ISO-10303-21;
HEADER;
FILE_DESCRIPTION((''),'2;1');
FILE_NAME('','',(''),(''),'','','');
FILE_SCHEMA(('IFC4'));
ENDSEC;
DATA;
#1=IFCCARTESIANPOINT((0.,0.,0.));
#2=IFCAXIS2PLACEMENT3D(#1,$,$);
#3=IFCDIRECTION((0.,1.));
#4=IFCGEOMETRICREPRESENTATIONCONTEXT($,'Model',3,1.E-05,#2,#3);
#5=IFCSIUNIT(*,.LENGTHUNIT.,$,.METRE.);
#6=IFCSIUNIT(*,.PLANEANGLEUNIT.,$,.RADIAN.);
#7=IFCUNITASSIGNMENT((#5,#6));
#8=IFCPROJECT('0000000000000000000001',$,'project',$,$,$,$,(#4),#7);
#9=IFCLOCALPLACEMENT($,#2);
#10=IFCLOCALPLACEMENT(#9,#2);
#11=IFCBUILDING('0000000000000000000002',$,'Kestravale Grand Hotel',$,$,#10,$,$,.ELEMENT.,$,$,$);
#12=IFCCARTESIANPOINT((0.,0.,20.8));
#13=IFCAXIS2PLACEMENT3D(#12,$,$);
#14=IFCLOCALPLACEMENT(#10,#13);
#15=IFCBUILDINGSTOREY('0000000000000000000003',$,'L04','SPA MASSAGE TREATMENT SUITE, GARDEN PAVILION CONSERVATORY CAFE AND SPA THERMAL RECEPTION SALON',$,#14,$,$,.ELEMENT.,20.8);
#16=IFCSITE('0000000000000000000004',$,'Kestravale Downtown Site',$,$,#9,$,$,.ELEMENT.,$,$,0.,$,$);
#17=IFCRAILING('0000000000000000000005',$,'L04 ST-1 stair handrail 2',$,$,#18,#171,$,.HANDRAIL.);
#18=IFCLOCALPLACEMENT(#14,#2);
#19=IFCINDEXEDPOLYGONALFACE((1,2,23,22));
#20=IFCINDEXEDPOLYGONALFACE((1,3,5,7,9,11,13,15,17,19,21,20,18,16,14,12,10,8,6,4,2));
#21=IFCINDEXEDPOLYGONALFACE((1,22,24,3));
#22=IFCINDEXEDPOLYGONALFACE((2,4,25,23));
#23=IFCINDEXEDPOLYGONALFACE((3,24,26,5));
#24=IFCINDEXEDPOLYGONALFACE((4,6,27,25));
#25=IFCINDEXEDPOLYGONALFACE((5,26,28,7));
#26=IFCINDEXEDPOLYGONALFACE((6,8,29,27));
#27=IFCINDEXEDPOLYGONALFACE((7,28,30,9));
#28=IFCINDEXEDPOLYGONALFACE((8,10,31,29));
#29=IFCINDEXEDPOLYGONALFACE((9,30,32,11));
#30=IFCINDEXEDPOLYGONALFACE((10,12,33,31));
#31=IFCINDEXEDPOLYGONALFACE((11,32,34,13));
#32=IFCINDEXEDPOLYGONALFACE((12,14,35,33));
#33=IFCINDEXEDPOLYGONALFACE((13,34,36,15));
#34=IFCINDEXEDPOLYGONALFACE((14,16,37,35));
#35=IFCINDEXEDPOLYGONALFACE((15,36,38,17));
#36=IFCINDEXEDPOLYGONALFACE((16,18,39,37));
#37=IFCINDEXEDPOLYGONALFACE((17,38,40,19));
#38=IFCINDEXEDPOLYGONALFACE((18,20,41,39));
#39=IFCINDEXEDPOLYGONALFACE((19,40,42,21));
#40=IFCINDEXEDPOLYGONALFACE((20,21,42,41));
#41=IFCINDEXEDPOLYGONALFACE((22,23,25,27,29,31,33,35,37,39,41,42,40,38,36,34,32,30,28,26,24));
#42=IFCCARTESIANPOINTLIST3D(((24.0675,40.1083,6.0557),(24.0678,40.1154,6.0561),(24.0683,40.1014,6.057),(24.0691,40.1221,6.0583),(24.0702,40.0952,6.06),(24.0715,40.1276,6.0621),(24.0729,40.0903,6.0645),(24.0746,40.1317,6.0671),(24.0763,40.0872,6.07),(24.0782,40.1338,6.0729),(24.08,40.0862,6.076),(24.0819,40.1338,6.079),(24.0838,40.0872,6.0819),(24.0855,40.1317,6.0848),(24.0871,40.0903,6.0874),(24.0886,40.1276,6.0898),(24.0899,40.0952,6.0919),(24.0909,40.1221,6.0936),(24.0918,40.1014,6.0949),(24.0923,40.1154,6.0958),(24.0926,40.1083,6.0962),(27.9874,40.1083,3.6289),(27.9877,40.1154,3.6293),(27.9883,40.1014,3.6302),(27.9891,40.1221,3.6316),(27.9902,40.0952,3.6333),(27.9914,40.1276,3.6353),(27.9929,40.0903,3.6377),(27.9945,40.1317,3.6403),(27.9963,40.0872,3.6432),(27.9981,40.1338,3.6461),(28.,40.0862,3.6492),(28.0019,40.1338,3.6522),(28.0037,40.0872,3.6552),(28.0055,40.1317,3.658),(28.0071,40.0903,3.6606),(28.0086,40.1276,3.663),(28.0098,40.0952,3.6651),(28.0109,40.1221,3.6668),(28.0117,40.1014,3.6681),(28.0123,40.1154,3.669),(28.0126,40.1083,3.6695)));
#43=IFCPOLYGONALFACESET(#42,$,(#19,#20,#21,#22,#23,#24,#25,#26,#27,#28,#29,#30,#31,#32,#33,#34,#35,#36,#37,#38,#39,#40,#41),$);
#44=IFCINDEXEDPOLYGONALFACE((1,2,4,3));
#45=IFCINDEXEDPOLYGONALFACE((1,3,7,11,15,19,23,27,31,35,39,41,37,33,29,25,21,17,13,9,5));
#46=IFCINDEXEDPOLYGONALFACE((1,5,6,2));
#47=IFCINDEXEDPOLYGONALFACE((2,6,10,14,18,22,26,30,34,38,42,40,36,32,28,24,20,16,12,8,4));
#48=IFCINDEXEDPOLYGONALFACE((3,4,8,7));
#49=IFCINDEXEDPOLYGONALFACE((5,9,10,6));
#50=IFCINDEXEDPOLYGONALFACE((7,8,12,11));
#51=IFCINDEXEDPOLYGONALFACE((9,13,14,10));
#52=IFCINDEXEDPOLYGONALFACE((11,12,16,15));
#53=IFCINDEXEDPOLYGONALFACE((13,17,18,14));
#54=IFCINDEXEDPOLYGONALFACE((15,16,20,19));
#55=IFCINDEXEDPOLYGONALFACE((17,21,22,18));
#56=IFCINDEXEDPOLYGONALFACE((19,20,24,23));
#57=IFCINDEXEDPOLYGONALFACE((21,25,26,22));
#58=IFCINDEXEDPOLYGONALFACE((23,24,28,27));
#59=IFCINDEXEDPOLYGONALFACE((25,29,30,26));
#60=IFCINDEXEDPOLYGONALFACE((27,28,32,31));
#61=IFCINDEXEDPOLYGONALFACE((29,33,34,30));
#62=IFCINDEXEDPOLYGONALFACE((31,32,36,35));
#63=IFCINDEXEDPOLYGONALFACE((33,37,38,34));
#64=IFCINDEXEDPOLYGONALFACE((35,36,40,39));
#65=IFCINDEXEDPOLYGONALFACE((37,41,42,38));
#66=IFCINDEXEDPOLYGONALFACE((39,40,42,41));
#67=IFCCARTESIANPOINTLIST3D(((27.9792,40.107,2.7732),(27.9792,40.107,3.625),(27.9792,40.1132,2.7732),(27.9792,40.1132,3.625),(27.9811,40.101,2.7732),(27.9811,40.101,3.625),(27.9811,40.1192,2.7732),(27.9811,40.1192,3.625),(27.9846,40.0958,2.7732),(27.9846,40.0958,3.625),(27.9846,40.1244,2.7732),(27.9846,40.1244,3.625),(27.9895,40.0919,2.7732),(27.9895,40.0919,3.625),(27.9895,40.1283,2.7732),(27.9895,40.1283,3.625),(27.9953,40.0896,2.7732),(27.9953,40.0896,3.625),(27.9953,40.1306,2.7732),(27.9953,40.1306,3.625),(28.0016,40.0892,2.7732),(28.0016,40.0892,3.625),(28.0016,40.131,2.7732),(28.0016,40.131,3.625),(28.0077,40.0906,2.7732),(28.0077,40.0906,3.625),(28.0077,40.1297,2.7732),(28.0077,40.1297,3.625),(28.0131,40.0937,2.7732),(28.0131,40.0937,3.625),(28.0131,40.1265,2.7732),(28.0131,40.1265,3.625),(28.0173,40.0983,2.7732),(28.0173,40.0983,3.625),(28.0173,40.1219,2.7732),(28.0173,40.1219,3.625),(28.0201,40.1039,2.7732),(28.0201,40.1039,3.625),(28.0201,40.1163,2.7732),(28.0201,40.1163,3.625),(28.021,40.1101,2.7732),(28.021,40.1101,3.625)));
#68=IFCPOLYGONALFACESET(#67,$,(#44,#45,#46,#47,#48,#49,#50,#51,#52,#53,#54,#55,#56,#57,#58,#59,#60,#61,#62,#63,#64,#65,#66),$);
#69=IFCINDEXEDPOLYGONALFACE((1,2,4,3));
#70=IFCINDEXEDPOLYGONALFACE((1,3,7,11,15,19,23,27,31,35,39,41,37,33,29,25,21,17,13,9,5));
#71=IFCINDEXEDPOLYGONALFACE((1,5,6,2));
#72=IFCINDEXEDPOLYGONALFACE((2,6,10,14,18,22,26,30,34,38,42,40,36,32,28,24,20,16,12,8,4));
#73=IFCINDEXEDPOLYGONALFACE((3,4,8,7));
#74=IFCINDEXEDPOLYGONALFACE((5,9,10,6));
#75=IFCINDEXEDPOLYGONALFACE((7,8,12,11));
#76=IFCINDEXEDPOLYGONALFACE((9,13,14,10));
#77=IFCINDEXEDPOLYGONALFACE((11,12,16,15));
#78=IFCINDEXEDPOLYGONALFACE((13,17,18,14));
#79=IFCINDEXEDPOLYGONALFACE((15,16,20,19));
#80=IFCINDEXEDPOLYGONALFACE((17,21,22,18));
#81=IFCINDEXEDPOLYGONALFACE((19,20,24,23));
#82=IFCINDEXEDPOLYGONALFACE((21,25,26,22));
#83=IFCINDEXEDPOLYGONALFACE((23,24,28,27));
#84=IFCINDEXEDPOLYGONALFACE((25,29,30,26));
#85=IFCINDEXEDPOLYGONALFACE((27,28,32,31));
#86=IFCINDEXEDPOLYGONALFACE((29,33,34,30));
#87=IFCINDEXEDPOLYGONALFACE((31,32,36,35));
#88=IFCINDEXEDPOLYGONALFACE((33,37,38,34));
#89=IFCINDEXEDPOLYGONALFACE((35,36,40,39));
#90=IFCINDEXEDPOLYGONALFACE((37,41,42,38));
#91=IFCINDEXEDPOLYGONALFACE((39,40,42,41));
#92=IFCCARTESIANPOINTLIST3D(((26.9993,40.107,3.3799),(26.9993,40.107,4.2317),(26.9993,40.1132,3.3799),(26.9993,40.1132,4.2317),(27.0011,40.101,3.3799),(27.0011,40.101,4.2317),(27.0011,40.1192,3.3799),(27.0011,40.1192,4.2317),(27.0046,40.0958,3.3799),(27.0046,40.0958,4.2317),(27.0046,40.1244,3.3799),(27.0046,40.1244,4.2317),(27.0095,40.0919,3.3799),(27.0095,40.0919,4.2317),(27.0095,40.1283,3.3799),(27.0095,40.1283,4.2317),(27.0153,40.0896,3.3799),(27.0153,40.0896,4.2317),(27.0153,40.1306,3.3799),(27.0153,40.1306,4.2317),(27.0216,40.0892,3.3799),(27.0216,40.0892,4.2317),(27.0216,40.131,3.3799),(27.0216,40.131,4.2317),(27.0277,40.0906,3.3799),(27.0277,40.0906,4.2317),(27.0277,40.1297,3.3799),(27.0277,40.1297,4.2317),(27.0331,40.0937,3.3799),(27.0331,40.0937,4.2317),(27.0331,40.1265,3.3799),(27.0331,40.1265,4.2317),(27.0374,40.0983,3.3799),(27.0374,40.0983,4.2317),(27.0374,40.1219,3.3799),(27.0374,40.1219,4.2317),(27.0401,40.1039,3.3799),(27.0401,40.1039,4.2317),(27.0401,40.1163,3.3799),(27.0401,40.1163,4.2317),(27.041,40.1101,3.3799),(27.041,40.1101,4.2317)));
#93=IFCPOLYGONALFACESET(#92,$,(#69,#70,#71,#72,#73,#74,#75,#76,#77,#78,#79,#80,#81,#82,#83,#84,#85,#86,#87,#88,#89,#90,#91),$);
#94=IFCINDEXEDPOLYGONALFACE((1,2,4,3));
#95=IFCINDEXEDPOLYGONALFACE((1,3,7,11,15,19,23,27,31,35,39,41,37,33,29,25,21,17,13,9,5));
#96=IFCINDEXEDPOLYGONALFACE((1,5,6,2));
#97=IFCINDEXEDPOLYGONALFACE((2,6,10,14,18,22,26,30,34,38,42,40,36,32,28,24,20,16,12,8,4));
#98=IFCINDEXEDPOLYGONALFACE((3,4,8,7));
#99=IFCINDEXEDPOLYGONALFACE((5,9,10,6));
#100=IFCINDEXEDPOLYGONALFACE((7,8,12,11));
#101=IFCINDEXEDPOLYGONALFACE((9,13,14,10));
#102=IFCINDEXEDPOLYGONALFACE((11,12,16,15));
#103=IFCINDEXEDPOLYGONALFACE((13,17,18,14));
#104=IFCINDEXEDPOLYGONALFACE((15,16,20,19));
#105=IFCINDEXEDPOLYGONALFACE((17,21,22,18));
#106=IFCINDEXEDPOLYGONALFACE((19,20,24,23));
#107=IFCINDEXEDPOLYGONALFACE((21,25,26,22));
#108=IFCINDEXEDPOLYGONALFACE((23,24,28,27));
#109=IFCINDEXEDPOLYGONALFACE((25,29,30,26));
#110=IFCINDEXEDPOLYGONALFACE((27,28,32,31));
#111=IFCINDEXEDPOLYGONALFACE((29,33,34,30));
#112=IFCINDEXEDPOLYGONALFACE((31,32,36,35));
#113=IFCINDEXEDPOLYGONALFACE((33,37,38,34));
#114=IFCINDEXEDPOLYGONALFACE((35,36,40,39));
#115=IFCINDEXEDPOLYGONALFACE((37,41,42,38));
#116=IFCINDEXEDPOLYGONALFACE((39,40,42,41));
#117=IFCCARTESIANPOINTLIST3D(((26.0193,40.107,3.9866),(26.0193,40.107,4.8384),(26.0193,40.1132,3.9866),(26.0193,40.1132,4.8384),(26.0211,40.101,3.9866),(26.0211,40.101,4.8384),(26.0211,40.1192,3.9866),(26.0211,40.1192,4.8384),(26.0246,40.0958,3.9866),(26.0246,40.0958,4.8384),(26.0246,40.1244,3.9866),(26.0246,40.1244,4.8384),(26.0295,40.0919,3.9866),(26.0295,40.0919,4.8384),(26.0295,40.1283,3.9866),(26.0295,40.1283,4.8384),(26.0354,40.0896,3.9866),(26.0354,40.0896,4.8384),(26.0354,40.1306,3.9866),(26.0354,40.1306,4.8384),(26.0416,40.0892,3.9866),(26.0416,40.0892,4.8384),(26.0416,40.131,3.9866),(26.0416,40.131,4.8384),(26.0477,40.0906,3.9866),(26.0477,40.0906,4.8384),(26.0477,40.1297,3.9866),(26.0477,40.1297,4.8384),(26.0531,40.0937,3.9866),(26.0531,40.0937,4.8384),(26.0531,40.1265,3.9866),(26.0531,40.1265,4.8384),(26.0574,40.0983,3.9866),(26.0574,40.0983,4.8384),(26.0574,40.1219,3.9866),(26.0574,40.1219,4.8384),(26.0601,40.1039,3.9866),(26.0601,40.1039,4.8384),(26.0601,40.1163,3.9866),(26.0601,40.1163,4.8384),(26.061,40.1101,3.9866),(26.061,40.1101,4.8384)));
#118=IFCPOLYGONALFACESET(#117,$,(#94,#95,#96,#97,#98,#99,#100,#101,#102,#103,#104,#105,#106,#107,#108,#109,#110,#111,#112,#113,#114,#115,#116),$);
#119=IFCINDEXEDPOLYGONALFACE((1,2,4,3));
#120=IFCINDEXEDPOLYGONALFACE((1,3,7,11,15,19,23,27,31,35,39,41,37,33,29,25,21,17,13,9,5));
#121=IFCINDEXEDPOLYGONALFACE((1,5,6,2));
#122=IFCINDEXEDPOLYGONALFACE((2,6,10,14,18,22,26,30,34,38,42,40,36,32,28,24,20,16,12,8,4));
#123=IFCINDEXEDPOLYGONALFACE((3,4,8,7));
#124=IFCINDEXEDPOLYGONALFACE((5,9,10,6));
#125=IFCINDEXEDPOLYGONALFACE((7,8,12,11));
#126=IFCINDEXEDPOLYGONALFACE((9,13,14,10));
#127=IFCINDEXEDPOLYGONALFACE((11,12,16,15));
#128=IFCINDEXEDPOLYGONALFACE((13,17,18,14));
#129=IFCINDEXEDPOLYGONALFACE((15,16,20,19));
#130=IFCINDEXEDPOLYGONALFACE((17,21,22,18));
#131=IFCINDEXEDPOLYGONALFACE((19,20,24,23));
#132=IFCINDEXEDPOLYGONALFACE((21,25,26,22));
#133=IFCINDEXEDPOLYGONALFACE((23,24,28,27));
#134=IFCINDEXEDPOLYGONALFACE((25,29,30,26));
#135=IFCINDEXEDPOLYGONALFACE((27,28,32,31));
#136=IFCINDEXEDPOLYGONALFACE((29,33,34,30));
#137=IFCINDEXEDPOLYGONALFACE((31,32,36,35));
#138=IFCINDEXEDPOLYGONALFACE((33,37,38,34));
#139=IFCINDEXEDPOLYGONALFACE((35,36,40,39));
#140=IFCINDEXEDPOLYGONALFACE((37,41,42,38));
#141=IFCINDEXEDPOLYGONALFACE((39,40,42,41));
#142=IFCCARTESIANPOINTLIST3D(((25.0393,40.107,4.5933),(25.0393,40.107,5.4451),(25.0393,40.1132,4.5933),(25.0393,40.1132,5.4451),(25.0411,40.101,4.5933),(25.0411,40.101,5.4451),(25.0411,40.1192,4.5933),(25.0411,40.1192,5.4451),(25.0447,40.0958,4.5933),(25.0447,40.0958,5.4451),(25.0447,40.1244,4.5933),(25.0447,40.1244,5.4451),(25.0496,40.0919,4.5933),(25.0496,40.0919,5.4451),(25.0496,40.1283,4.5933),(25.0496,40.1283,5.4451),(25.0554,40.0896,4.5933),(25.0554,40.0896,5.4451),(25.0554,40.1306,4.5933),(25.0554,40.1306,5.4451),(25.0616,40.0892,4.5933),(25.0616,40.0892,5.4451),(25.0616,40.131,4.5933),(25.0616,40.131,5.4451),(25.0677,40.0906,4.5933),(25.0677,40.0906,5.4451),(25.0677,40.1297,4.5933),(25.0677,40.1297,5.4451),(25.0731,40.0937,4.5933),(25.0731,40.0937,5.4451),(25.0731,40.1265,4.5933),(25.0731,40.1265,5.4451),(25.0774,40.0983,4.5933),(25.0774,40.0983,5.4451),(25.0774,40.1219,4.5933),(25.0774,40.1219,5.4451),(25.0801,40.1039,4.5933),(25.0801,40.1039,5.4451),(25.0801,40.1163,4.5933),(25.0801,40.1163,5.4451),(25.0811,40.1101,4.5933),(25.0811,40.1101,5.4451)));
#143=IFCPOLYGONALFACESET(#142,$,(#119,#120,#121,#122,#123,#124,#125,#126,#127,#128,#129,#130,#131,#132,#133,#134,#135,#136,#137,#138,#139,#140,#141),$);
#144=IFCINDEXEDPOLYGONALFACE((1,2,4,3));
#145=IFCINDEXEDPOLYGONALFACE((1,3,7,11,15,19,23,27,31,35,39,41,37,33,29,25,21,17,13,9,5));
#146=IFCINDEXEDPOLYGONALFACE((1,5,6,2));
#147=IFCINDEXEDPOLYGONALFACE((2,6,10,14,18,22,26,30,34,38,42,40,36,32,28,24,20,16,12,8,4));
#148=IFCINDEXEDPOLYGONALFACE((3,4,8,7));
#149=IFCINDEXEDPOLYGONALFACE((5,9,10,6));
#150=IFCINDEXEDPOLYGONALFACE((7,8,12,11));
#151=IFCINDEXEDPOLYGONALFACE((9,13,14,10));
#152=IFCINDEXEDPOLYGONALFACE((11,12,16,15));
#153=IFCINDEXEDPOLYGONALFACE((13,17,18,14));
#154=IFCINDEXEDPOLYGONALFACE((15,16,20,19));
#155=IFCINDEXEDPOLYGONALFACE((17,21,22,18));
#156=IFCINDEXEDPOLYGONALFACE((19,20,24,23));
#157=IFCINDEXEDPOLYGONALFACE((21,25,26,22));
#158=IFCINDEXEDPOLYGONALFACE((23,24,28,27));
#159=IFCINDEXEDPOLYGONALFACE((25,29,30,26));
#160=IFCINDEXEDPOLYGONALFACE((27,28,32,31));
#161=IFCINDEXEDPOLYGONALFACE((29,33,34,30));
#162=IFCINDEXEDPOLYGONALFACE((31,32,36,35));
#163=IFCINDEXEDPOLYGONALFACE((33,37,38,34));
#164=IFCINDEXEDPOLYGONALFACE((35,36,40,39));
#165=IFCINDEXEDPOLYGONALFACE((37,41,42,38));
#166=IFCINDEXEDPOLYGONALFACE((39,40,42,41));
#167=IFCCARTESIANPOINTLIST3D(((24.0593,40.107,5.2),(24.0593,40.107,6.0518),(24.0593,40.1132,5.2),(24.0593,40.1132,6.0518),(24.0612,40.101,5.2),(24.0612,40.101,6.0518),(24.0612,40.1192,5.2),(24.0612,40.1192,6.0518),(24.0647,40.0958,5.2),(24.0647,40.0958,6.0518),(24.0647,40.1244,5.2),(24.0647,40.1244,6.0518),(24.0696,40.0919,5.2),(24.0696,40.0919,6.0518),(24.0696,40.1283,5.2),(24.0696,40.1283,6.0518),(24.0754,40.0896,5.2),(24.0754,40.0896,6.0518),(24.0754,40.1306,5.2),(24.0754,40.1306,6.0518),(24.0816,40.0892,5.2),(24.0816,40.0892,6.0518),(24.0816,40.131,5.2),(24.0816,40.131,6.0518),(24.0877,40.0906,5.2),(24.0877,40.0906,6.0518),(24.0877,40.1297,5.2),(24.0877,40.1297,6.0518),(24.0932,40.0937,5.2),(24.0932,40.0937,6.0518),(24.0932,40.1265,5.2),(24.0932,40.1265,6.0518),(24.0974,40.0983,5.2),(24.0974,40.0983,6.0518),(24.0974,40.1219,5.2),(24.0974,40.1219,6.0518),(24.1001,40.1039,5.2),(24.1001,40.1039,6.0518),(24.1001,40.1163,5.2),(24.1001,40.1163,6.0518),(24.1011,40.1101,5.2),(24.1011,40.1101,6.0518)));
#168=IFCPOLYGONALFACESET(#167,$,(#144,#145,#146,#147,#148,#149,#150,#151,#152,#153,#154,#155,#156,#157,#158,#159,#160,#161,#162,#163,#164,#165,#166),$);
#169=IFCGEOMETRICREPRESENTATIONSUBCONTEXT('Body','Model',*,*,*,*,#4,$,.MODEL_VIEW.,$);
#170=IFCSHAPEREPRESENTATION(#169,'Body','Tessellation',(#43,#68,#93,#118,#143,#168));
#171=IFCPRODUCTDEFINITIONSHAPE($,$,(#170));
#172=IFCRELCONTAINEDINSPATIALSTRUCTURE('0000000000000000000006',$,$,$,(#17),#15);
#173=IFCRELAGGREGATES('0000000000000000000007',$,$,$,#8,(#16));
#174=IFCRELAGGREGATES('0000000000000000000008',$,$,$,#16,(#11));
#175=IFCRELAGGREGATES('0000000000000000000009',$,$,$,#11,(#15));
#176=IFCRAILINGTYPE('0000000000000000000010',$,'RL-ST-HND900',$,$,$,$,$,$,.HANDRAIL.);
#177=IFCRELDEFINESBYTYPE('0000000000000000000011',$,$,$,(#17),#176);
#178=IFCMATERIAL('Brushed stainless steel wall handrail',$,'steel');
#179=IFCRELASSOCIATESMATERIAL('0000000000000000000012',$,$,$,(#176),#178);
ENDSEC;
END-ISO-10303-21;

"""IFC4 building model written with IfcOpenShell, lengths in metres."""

from ifc_helpers import new_model, si_unit, direction, frame, origin, origin_2d, place, context, subcontext, project, spatial, circle, extrude, material, type_object, element, save


model = new_model("IFC4")

# Units and contexts
model_context = context("Model", 3, precision=1e-05, world=origin(), true_north=direction((0.0, 1.0)))
body_context = subcontext(model_context, "Body", "Model", "MODEL_VIEW")
ifc_project = project(units=[si_unit("LENGTHUNIT", "METRE"), si_unit("PLANEANGLEUNIT", "RADIAN")], contexts=[model_context])

# Site, building, storey
site_placement = place(None, origin())
site = spatial("IfcSite", under=ifc_project, at=site_placement, Name="Kestravale Downtown Site", CompositionType="ELEMENT", RefElevation=0.0)
building_placement = place(site_placement, origin())
building = spatial("IfcBuilding", under=site, at=building_placement, Name="Kestravale Grand Hotel", CompositionType="ELEMENT")
storey_placement = place(building_placement, frame((0.0, 0.0, 20.8)))
storey = spatial("IfcBuildingStorey", under=building, at=storey_placement, Name="L04", Description="SPA MASSAGE TREATMENT SUITE, GARDEN PAVILION CONSERVATORY CAFE AND SPA THERMAL RECEPTION SALON", CompositionType="ELEMENT", Elevation=20.8)

# Railing
ifc_material_1 = material(Name="Brushed stainless steel wall handrail", Category="steel")
railing_type_1 = type_object("IfcRailingType", Name="RL-ST-HND900", PredefinedType="HANDRAIL", material=ifc_material_1)
railing_1_placement = place(storey_placement, frame((28.0, 40.1101, 2.7732)))
element("IfcRailing", 1, at=railing_1_placement, inside=storey, type_object=railing_type_1, Name="L04 ST-1 stair handrail 2", PredefinedType="HANDRAIL", context=body_context, shape_type="SweptSolid", body=[
    extrude(circle(Radius=0.0239, at=origin_2d()), frame((0.0, 0.0, 0.876), z_axis=(-0.850252, 0.0, 0.526376), x_axis=(0.0, -1.0, 0.0)), (0.0, 0.0, 1.0), 4.6104),
    extrude(circle(Radius=0.021, at=origin_2d()), origin(), (0.0, 0.0, 1.0), 0.8518),
    extrude(circle(Radius=0.021, at=origin_2d()), frame((-0.98, 0.0, 0.6067)), (0.0, 0.0, 1.0), 0.8518),
    extrude(circle(Radius=0.021, at=origin_2d()), frame((-1.96, 0.0, 1.2134)), (0.0, 0.0, 1.0), 0.8518),
    extrude(circle(Radius=0.021, at=origin_2d()), frame((-2.9399, 0.0, 1.8201)), (0.0, 0.0, 1.0), 0.8518),
    extrude(circle(Radius=0.021, at=origin_2d()), frame((-3.9199, 0.0, 2.4268)), (0.0, 0.0, 1.0), 0.8518),
])

save(model, "model.ifc")
